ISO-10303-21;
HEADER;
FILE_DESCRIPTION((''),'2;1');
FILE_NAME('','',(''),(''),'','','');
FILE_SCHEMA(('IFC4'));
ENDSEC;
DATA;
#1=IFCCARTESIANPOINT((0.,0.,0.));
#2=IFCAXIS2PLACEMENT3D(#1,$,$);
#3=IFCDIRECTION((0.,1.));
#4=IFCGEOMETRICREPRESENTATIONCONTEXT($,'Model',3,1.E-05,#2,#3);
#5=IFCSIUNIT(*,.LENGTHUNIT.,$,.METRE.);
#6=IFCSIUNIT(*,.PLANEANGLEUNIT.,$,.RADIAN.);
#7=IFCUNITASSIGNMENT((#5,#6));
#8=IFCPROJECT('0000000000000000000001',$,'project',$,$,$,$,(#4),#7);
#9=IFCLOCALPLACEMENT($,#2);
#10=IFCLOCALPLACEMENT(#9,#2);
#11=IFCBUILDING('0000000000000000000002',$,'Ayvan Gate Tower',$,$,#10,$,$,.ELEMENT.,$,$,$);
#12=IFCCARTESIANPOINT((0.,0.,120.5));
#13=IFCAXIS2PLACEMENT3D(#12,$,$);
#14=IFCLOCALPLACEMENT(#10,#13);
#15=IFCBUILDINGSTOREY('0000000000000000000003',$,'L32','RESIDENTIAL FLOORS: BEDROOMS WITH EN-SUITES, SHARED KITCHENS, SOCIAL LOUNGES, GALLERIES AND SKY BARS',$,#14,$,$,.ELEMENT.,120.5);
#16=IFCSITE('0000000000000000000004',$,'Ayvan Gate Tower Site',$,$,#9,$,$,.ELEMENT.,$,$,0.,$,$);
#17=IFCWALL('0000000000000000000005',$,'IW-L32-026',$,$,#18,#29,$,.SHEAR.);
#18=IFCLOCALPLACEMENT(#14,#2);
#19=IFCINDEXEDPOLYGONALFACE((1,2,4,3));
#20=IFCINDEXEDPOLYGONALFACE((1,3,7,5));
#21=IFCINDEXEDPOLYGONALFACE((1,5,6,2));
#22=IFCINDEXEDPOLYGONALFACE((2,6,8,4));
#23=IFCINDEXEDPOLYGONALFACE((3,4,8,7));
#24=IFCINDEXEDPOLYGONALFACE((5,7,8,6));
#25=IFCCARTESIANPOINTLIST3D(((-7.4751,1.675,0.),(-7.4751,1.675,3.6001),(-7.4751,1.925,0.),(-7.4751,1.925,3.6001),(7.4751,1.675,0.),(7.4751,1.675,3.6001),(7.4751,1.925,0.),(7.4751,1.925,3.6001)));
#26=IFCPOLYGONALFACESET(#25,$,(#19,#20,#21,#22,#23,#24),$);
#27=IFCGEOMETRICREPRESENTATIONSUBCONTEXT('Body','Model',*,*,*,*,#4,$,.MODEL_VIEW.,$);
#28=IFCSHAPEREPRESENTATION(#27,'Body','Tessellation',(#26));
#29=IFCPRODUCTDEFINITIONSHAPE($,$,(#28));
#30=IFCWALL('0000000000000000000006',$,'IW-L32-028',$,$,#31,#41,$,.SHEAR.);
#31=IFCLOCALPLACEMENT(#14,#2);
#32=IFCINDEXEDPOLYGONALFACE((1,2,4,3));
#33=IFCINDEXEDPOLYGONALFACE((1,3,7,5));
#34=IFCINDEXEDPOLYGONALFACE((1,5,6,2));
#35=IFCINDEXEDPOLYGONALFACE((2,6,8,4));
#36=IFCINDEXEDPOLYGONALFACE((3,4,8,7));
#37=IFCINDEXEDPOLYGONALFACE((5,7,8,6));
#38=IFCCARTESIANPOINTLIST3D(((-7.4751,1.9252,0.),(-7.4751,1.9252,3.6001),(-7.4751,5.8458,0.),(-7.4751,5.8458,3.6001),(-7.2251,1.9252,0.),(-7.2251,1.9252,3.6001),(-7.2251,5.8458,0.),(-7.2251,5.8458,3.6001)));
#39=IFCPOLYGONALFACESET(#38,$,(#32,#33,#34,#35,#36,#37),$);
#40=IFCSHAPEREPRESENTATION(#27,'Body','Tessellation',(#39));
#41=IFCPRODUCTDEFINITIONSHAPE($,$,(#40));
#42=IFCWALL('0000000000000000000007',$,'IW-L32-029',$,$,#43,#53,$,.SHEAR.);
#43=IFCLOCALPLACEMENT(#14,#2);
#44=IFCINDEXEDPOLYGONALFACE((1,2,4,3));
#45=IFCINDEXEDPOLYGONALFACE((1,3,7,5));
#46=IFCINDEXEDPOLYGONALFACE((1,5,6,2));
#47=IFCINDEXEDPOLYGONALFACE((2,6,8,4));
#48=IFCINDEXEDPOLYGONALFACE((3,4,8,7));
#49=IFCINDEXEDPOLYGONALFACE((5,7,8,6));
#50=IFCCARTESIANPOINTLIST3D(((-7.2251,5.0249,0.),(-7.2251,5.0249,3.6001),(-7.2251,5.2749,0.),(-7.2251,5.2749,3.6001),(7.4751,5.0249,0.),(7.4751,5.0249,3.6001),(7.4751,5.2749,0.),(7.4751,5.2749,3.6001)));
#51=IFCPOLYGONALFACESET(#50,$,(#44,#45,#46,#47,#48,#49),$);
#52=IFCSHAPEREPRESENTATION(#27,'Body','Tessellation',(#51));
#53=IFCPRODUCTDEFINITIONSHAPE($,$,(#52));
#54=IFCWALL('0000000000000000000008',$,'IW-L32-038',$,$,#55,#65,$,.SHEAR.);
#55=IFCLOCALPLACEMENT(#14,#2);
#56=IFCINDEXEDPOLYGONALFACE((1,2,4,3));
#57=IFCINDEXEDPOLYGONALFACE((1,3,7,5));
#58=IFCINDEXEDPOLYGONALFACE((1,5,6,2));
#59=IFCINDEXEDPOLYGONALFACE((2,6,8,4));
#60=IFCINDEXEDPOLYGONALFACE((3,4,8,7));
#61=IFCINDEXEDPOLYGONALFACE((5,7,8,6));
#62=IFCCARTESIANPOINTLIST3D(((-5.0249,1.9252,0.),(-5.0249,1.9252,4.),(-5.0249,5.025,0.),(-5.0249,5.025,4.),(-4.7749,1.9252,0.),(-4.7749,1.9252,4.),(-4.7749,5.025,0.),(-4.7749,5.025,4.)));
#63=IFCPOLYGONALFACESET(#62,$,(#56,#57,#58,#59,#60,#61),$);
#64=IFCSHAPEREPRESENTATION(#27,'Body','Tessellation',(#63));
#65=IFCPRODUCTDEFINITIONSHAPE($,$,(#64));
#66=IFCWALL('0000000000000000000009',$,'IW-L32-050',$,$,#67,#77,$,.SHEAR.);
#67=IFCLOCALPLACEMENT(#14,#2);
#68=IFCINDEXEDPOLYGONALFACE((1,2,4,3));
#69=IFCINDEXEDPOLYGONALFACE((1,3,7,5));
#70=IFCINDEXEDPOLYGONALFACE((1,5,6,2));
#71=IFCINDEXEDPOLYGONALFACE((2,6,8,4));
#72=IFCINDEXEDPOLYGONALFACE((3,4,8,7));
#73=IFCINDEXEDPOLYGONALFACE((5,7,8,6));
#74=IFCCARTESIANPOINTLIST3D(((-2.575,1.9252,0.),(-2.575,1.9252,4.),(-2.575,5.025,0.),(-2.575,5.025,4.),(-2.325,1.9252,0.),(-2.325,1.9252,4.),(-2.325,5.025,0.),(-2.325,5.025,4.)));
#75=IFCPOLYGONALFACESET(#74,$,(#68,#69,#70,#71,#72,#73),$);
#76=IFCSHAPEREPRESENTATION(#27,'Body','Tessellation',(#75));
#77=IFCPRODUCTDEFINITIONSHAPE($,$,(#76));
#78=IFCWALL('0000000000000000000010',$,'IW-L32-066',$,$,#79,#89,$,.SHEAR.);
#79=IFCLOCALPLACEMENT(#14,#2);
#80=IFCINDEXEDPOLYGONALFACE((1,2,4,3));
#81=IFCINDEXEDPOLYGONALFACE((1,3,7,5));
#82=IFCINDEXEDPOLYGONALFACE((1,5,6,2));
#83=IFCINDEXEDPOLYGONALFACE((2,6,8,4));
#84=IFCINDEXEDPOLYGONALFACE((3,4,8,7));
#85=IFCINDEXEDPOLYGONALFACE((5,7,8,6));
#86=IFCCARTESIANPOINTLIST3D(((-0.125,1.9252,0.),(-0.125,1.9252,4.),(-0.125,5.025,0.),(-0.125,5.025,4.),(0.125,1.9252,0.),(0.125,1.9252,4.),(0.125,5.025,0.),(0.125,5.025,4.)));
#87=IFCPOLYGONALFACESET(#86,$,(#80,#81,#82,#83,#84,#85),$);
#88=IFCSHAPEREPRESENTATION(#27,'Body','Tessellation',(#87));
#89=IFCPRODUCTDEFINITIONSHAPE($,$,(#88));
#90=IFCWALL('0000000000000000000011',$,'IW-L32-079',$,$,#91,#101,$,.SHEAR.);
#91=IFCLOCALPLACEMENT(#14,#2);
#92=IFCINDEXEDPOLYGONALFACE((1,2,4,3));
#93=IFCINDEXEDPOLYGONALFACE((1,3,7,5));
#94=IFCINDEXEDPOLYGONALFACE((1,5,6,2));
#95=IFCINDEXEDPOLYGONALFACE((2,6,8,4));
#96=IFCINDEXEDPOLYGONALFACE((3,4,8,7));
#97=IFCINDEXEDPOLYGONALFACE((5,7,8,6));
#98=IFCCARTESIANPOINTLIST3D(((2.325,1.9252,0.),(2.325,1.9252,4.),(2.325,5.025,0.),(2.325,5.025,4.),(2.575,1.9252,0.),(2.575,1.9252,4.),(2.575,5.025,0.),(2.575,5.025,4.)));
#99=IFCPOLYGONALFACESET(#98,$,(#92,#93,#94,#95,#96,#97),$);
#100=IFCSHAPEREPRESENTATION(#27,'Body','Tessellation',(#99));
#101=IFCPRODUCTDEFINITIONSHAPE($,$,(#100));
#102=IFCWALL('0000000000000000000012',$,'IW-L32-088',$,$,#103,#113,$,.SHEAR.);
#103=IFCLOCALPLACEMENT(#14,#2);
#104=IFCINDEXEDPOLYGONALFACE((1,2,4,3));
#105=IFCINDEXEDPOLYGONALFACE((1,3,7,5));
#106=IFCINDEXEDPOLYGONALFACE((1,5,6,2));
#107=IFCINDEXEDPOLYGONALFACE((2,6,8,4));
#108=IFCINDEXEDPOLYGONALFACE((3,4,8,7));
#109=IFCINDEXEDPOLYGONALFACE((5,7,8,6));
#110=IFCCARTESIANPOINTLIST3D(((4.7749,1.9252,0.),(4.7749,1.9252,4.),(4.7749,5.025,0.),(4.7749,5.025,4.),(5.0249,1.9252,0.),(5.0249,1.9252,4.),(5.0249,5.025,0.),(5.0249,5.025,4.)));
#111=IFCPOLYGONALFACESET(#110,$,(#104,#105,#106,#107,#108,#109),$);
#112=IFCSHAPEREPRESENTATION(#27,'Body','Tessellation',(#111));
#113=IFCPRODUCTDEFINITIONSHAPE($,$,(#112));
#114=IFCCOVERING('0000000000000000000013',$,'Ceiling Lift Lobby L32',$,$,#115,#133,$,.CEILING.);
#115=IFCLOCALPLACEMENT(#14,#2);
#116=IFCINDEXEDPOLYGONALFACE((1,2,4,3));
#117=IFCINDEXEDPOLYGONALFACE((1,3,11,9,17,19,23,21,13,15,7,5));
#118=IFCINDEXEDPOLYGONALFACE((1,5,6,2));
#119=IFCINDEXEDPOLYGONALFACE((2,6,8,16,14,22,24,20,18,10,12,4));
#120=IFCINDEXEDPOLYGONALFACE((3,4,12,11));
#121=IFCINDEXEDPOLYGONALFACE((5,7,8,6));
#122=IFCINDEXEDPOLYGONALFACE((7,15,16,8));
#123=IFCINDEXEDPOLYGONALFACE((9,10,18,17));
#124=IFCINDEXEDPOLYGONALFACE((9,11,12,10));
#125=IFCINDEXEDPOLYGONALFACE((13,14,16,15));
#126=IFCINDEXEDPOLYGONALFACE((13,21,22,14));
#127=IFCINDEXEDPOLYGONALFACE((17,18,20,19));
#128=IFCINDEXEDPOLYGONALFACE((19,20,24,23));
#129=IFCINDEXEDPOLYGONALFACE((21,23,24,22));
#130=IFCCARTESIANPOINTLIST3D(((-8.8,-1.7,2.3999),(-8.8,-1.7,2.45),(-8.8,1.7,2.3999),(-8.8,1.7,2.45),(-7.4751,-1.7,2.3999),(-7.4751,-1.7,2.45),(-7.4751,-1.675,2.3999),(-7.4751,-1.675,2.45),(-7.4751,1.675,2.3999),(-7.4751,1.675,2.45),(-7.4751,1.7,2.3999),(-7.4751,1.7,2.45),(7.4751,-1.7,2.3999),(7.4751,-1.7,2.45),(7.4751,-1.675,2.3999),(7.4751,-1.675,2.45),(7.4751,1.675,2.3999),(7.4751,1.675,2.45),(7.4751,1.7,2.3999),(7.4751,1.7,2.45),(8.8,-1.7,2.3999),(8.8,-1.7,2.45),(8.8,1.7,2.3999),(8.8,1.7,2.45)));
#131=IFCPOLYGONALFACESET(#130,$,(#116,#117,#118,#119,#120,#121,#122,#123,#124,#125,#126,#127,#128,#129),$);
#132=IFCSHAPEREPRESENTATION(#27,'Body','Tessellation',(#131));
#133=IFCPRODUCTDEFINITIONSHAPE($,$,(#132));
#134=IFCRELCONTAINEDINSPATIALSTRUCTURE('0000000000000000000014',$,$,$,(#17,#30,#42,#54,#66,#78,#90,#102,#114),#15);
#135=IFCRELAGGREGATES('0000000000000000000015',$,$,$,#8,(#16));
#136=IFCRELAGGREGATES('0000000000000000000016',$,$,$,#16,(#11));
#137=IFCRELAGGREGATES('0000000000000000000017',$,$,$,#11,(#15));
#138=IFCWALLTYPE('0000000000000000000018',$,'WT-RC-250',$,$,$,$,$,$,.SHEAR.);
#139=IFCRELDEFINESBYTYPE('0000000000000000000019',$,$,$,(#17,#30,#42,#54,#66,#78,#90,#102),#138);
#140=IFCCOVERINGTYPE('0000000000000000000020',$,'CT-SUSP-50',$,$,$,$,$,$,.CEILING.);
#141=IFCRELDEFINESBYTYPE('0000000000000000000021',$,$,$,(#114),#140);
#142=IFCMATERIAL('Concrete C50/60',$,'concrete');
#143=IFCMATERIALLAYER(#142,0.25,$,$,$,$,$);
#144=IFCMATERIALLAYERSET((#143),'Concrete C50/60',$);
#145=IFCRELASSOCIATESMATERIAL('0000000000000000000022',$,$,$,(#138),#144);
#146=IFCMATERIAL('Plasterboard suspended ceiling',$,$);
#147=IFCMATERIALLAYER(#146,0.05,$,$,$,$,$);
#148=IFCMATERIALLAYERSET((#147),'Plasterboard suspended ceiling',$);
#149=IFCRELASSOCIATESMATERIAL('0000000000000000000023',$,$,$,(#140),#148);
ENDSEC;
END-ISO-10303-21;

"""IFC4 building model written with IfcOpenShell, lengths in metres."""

from ifc_helpers import new_model, si_unit, direction, frame, frame_2d, origin, place, context, subcontext, project, spatial, polyline, rectangle, outline, extrude, material, layer, layer_set, type_object, element, save


model = new_model("IFC4")

# Units and contexts
model_context = context("Model", 3, precision=1e-05, world=origin(), true_north=direction((0.0, 1.0)))
body_context = subcontext(model_context, "Body", "Model", "MODEL_VIEW")
ifc_project = project(units=[si_unit("LENGTHUNIT", "METRE"), si_unit("PLANEANGLEUNIT", "RADIAN")], contexts=[model_context])

# Site, building, storey
site_placement = place(None, origin())
site = spatial("IfcSite", under=ifc_project, at=site_placement, Name="Ayvan Gate Tower Site", CompositionType="ELEMENT", RefElevation=0.0)
building_placement = place(site_placement, origin())
building = spatial("IfcBuilding", under=site, at=building_placement, Name="Ayvan Gate Tower", CompositionType="ELEMENT")
storey_placement = place(building_placement, frame((0.0, 0.0, 120.5)))
storey = spatial("IfcBuildingStorey", under=building, at=storey_placement, Name="L32", Description="RESIDENTIAL FLOORS: BEDROOMS WITH EN-SUITES, SHARED KITCHENS, SOCIAL LOUNGES, GALLERIES AND SKY BARS", CompositionType="ELEMENT", Elevation=120.5)

# Walls
ifc_material_1 = material(Name="Concrete C50/60", Category="concrete")
ifc_layer_1 = layer(ifc_material_1, 0.25)
ifc_layer_set_1 = layer_set([ifc_layer_1], Name="Concrete C50/60")
wall_type_1 = type_object("IfcWallType", Name="WT-RC-250", PredefinedType="SHEAR", material=ifc_layer_set_1)
wall_1_placement = place(storey_placement, frame((-7.4751, 1.8, 0.0), z_axis=(0.0, 0.0, 1.0), x_axis=(1.0, 0.0, 0.0)))
element("IfcWall", 1, at=wall_1_placement, inside=storey, type_object=wall_type_1, Name="IW-L32-026", PredefinedType="SHEAR", context=body_context, shape_type="SweptSolid", body=[
    extrude(rectangle(XDim=14.9502, YDim=0.25, at=frame_2d((7.4751, 0.0))), origin(), (0.0, 0.0, 1.0), 3.6001),
])
wall_2_placement = place(storey_placement, frame((-7.3501, 1.925, 0.0), z_axis=(0.0, 0.0, 1.0), x_axis=(0.0, 1.0, 0.0)))
element("IfcWall", 2, at=wall_2_placement, inside=storey, type_object=wall_type_1, Name="IW-L32-028", PredefinedType="SHEAR", context=body_context, shape_type="SweptSolid", body=[
    extrude(rectangle(XDim=3.9207, YDim=0.25, at=frame_2d((1.9604, 0.0))), origin(), (0.0, 0.0, 1.0), 3.6001),
])
wall_3_placement = place(storey_placement, frame((-7.2251, 5.1499, 0.0), z_axis=(0.0, 0.0, 1.0), x_axis=(1.0, 0.0, 0.0)))
element("IfcWall", 3, at=wall_3_placement, inside=storey, type_object=wall_type_1, Name="IW-L32-029", PredefinedType="SHEAR", context=body_context, shape_type="SweptSolid", body=[
    extrude(rectangle(XDim=14.7002, YDim=0.25, at=frame_2d((7.3501, 0.0))), origin(), (0.0, 0.0, 1.0), 3.6001),
])
for number, where, z_axis, x_axis, name in (
    (4, (-4.8999, 5.0249, 0.0), (0.0, 0.0, 1.0), (0.0, -1.0, 0.0), "IW-L32-038"),
    (5, (-2.45, 5.0249, 0.0), (0.0, 0.0, 1.0), (0.0, -1.0, 0.0), "IW-L32-050"),
    (6, (0.0, 5.0249, 0.0), (0.0, 0.0, 1.0), (0.0, -1.0, 0.0), "IW-L32-066"),
    (7, (2.45, 5.0249, 0.0), (0.0, 0.0, 1.0), (0.0, -1.0, 0.0), "IW-L32-079"),
    (8, (4.8999, 5.0249, 0.0), (0.0, 0.0, 1.0), (0.0, -1.0, 0.0), "IW-L32-088"),
):
    element("IfcWall", number, at=place(storey_placement, frame(where, z_axis=z_axis, x_axis=x_axis)), inside=storey, type_object=wall_type_1, Name=name, PredefinedType="SHEAR", context=body_context, shape_type="SweptSolid", body=[
        extrude(rectangle(XDim=3.0999, YDim=0.25, at=frame_2d((1.5498, 0.0))), origin(), (0.0, 0.0, 1.0), 4.0),
    ])

# Covering
ifc_material_2 = material(Name="Plasterboard suspended ceiling")
ifc_layer_2 = layer(ifc_material_2, 0.05)
ifc_layer_set_2 = layer_set([ifc_layer_2], Name="Plasterboard suspended ceiling")
covering_type = type_object("IfcCoveringType", Name="CT-SUSP-50", PredefinedType="CEILING", material=ifc_layer_set_2)
covering_1_placement = place(storey_placement, frame((0.0, 0.0, 2.3999)))
element("IfcCovering", 9, at=covering_1_placement, inside=storey, type_object=covering_type, Name="Ceiling Lift Lobby L32", PredefinedType="CEILING", context=body_context, shape_type="SweptSolid", body=[
    extrude(outline(polyline([(7.4751, -1.675), (-7.4751, -1.675), (-7.4751, -1.7), (-8.8, -1.7), (-8.8, 1.7), (-7.4751, 1.7), (-7.4751, 1.675), (7.4751, 1.675), (7.4751, 1.7), (8.8, 1.7), (8.8, -1.7), (7.4751, -1.7), (7.4751, -1.675)])), origin(), (0.0, 0.0, 1.0), 0.05),
])

save(model, "model.ifc")
